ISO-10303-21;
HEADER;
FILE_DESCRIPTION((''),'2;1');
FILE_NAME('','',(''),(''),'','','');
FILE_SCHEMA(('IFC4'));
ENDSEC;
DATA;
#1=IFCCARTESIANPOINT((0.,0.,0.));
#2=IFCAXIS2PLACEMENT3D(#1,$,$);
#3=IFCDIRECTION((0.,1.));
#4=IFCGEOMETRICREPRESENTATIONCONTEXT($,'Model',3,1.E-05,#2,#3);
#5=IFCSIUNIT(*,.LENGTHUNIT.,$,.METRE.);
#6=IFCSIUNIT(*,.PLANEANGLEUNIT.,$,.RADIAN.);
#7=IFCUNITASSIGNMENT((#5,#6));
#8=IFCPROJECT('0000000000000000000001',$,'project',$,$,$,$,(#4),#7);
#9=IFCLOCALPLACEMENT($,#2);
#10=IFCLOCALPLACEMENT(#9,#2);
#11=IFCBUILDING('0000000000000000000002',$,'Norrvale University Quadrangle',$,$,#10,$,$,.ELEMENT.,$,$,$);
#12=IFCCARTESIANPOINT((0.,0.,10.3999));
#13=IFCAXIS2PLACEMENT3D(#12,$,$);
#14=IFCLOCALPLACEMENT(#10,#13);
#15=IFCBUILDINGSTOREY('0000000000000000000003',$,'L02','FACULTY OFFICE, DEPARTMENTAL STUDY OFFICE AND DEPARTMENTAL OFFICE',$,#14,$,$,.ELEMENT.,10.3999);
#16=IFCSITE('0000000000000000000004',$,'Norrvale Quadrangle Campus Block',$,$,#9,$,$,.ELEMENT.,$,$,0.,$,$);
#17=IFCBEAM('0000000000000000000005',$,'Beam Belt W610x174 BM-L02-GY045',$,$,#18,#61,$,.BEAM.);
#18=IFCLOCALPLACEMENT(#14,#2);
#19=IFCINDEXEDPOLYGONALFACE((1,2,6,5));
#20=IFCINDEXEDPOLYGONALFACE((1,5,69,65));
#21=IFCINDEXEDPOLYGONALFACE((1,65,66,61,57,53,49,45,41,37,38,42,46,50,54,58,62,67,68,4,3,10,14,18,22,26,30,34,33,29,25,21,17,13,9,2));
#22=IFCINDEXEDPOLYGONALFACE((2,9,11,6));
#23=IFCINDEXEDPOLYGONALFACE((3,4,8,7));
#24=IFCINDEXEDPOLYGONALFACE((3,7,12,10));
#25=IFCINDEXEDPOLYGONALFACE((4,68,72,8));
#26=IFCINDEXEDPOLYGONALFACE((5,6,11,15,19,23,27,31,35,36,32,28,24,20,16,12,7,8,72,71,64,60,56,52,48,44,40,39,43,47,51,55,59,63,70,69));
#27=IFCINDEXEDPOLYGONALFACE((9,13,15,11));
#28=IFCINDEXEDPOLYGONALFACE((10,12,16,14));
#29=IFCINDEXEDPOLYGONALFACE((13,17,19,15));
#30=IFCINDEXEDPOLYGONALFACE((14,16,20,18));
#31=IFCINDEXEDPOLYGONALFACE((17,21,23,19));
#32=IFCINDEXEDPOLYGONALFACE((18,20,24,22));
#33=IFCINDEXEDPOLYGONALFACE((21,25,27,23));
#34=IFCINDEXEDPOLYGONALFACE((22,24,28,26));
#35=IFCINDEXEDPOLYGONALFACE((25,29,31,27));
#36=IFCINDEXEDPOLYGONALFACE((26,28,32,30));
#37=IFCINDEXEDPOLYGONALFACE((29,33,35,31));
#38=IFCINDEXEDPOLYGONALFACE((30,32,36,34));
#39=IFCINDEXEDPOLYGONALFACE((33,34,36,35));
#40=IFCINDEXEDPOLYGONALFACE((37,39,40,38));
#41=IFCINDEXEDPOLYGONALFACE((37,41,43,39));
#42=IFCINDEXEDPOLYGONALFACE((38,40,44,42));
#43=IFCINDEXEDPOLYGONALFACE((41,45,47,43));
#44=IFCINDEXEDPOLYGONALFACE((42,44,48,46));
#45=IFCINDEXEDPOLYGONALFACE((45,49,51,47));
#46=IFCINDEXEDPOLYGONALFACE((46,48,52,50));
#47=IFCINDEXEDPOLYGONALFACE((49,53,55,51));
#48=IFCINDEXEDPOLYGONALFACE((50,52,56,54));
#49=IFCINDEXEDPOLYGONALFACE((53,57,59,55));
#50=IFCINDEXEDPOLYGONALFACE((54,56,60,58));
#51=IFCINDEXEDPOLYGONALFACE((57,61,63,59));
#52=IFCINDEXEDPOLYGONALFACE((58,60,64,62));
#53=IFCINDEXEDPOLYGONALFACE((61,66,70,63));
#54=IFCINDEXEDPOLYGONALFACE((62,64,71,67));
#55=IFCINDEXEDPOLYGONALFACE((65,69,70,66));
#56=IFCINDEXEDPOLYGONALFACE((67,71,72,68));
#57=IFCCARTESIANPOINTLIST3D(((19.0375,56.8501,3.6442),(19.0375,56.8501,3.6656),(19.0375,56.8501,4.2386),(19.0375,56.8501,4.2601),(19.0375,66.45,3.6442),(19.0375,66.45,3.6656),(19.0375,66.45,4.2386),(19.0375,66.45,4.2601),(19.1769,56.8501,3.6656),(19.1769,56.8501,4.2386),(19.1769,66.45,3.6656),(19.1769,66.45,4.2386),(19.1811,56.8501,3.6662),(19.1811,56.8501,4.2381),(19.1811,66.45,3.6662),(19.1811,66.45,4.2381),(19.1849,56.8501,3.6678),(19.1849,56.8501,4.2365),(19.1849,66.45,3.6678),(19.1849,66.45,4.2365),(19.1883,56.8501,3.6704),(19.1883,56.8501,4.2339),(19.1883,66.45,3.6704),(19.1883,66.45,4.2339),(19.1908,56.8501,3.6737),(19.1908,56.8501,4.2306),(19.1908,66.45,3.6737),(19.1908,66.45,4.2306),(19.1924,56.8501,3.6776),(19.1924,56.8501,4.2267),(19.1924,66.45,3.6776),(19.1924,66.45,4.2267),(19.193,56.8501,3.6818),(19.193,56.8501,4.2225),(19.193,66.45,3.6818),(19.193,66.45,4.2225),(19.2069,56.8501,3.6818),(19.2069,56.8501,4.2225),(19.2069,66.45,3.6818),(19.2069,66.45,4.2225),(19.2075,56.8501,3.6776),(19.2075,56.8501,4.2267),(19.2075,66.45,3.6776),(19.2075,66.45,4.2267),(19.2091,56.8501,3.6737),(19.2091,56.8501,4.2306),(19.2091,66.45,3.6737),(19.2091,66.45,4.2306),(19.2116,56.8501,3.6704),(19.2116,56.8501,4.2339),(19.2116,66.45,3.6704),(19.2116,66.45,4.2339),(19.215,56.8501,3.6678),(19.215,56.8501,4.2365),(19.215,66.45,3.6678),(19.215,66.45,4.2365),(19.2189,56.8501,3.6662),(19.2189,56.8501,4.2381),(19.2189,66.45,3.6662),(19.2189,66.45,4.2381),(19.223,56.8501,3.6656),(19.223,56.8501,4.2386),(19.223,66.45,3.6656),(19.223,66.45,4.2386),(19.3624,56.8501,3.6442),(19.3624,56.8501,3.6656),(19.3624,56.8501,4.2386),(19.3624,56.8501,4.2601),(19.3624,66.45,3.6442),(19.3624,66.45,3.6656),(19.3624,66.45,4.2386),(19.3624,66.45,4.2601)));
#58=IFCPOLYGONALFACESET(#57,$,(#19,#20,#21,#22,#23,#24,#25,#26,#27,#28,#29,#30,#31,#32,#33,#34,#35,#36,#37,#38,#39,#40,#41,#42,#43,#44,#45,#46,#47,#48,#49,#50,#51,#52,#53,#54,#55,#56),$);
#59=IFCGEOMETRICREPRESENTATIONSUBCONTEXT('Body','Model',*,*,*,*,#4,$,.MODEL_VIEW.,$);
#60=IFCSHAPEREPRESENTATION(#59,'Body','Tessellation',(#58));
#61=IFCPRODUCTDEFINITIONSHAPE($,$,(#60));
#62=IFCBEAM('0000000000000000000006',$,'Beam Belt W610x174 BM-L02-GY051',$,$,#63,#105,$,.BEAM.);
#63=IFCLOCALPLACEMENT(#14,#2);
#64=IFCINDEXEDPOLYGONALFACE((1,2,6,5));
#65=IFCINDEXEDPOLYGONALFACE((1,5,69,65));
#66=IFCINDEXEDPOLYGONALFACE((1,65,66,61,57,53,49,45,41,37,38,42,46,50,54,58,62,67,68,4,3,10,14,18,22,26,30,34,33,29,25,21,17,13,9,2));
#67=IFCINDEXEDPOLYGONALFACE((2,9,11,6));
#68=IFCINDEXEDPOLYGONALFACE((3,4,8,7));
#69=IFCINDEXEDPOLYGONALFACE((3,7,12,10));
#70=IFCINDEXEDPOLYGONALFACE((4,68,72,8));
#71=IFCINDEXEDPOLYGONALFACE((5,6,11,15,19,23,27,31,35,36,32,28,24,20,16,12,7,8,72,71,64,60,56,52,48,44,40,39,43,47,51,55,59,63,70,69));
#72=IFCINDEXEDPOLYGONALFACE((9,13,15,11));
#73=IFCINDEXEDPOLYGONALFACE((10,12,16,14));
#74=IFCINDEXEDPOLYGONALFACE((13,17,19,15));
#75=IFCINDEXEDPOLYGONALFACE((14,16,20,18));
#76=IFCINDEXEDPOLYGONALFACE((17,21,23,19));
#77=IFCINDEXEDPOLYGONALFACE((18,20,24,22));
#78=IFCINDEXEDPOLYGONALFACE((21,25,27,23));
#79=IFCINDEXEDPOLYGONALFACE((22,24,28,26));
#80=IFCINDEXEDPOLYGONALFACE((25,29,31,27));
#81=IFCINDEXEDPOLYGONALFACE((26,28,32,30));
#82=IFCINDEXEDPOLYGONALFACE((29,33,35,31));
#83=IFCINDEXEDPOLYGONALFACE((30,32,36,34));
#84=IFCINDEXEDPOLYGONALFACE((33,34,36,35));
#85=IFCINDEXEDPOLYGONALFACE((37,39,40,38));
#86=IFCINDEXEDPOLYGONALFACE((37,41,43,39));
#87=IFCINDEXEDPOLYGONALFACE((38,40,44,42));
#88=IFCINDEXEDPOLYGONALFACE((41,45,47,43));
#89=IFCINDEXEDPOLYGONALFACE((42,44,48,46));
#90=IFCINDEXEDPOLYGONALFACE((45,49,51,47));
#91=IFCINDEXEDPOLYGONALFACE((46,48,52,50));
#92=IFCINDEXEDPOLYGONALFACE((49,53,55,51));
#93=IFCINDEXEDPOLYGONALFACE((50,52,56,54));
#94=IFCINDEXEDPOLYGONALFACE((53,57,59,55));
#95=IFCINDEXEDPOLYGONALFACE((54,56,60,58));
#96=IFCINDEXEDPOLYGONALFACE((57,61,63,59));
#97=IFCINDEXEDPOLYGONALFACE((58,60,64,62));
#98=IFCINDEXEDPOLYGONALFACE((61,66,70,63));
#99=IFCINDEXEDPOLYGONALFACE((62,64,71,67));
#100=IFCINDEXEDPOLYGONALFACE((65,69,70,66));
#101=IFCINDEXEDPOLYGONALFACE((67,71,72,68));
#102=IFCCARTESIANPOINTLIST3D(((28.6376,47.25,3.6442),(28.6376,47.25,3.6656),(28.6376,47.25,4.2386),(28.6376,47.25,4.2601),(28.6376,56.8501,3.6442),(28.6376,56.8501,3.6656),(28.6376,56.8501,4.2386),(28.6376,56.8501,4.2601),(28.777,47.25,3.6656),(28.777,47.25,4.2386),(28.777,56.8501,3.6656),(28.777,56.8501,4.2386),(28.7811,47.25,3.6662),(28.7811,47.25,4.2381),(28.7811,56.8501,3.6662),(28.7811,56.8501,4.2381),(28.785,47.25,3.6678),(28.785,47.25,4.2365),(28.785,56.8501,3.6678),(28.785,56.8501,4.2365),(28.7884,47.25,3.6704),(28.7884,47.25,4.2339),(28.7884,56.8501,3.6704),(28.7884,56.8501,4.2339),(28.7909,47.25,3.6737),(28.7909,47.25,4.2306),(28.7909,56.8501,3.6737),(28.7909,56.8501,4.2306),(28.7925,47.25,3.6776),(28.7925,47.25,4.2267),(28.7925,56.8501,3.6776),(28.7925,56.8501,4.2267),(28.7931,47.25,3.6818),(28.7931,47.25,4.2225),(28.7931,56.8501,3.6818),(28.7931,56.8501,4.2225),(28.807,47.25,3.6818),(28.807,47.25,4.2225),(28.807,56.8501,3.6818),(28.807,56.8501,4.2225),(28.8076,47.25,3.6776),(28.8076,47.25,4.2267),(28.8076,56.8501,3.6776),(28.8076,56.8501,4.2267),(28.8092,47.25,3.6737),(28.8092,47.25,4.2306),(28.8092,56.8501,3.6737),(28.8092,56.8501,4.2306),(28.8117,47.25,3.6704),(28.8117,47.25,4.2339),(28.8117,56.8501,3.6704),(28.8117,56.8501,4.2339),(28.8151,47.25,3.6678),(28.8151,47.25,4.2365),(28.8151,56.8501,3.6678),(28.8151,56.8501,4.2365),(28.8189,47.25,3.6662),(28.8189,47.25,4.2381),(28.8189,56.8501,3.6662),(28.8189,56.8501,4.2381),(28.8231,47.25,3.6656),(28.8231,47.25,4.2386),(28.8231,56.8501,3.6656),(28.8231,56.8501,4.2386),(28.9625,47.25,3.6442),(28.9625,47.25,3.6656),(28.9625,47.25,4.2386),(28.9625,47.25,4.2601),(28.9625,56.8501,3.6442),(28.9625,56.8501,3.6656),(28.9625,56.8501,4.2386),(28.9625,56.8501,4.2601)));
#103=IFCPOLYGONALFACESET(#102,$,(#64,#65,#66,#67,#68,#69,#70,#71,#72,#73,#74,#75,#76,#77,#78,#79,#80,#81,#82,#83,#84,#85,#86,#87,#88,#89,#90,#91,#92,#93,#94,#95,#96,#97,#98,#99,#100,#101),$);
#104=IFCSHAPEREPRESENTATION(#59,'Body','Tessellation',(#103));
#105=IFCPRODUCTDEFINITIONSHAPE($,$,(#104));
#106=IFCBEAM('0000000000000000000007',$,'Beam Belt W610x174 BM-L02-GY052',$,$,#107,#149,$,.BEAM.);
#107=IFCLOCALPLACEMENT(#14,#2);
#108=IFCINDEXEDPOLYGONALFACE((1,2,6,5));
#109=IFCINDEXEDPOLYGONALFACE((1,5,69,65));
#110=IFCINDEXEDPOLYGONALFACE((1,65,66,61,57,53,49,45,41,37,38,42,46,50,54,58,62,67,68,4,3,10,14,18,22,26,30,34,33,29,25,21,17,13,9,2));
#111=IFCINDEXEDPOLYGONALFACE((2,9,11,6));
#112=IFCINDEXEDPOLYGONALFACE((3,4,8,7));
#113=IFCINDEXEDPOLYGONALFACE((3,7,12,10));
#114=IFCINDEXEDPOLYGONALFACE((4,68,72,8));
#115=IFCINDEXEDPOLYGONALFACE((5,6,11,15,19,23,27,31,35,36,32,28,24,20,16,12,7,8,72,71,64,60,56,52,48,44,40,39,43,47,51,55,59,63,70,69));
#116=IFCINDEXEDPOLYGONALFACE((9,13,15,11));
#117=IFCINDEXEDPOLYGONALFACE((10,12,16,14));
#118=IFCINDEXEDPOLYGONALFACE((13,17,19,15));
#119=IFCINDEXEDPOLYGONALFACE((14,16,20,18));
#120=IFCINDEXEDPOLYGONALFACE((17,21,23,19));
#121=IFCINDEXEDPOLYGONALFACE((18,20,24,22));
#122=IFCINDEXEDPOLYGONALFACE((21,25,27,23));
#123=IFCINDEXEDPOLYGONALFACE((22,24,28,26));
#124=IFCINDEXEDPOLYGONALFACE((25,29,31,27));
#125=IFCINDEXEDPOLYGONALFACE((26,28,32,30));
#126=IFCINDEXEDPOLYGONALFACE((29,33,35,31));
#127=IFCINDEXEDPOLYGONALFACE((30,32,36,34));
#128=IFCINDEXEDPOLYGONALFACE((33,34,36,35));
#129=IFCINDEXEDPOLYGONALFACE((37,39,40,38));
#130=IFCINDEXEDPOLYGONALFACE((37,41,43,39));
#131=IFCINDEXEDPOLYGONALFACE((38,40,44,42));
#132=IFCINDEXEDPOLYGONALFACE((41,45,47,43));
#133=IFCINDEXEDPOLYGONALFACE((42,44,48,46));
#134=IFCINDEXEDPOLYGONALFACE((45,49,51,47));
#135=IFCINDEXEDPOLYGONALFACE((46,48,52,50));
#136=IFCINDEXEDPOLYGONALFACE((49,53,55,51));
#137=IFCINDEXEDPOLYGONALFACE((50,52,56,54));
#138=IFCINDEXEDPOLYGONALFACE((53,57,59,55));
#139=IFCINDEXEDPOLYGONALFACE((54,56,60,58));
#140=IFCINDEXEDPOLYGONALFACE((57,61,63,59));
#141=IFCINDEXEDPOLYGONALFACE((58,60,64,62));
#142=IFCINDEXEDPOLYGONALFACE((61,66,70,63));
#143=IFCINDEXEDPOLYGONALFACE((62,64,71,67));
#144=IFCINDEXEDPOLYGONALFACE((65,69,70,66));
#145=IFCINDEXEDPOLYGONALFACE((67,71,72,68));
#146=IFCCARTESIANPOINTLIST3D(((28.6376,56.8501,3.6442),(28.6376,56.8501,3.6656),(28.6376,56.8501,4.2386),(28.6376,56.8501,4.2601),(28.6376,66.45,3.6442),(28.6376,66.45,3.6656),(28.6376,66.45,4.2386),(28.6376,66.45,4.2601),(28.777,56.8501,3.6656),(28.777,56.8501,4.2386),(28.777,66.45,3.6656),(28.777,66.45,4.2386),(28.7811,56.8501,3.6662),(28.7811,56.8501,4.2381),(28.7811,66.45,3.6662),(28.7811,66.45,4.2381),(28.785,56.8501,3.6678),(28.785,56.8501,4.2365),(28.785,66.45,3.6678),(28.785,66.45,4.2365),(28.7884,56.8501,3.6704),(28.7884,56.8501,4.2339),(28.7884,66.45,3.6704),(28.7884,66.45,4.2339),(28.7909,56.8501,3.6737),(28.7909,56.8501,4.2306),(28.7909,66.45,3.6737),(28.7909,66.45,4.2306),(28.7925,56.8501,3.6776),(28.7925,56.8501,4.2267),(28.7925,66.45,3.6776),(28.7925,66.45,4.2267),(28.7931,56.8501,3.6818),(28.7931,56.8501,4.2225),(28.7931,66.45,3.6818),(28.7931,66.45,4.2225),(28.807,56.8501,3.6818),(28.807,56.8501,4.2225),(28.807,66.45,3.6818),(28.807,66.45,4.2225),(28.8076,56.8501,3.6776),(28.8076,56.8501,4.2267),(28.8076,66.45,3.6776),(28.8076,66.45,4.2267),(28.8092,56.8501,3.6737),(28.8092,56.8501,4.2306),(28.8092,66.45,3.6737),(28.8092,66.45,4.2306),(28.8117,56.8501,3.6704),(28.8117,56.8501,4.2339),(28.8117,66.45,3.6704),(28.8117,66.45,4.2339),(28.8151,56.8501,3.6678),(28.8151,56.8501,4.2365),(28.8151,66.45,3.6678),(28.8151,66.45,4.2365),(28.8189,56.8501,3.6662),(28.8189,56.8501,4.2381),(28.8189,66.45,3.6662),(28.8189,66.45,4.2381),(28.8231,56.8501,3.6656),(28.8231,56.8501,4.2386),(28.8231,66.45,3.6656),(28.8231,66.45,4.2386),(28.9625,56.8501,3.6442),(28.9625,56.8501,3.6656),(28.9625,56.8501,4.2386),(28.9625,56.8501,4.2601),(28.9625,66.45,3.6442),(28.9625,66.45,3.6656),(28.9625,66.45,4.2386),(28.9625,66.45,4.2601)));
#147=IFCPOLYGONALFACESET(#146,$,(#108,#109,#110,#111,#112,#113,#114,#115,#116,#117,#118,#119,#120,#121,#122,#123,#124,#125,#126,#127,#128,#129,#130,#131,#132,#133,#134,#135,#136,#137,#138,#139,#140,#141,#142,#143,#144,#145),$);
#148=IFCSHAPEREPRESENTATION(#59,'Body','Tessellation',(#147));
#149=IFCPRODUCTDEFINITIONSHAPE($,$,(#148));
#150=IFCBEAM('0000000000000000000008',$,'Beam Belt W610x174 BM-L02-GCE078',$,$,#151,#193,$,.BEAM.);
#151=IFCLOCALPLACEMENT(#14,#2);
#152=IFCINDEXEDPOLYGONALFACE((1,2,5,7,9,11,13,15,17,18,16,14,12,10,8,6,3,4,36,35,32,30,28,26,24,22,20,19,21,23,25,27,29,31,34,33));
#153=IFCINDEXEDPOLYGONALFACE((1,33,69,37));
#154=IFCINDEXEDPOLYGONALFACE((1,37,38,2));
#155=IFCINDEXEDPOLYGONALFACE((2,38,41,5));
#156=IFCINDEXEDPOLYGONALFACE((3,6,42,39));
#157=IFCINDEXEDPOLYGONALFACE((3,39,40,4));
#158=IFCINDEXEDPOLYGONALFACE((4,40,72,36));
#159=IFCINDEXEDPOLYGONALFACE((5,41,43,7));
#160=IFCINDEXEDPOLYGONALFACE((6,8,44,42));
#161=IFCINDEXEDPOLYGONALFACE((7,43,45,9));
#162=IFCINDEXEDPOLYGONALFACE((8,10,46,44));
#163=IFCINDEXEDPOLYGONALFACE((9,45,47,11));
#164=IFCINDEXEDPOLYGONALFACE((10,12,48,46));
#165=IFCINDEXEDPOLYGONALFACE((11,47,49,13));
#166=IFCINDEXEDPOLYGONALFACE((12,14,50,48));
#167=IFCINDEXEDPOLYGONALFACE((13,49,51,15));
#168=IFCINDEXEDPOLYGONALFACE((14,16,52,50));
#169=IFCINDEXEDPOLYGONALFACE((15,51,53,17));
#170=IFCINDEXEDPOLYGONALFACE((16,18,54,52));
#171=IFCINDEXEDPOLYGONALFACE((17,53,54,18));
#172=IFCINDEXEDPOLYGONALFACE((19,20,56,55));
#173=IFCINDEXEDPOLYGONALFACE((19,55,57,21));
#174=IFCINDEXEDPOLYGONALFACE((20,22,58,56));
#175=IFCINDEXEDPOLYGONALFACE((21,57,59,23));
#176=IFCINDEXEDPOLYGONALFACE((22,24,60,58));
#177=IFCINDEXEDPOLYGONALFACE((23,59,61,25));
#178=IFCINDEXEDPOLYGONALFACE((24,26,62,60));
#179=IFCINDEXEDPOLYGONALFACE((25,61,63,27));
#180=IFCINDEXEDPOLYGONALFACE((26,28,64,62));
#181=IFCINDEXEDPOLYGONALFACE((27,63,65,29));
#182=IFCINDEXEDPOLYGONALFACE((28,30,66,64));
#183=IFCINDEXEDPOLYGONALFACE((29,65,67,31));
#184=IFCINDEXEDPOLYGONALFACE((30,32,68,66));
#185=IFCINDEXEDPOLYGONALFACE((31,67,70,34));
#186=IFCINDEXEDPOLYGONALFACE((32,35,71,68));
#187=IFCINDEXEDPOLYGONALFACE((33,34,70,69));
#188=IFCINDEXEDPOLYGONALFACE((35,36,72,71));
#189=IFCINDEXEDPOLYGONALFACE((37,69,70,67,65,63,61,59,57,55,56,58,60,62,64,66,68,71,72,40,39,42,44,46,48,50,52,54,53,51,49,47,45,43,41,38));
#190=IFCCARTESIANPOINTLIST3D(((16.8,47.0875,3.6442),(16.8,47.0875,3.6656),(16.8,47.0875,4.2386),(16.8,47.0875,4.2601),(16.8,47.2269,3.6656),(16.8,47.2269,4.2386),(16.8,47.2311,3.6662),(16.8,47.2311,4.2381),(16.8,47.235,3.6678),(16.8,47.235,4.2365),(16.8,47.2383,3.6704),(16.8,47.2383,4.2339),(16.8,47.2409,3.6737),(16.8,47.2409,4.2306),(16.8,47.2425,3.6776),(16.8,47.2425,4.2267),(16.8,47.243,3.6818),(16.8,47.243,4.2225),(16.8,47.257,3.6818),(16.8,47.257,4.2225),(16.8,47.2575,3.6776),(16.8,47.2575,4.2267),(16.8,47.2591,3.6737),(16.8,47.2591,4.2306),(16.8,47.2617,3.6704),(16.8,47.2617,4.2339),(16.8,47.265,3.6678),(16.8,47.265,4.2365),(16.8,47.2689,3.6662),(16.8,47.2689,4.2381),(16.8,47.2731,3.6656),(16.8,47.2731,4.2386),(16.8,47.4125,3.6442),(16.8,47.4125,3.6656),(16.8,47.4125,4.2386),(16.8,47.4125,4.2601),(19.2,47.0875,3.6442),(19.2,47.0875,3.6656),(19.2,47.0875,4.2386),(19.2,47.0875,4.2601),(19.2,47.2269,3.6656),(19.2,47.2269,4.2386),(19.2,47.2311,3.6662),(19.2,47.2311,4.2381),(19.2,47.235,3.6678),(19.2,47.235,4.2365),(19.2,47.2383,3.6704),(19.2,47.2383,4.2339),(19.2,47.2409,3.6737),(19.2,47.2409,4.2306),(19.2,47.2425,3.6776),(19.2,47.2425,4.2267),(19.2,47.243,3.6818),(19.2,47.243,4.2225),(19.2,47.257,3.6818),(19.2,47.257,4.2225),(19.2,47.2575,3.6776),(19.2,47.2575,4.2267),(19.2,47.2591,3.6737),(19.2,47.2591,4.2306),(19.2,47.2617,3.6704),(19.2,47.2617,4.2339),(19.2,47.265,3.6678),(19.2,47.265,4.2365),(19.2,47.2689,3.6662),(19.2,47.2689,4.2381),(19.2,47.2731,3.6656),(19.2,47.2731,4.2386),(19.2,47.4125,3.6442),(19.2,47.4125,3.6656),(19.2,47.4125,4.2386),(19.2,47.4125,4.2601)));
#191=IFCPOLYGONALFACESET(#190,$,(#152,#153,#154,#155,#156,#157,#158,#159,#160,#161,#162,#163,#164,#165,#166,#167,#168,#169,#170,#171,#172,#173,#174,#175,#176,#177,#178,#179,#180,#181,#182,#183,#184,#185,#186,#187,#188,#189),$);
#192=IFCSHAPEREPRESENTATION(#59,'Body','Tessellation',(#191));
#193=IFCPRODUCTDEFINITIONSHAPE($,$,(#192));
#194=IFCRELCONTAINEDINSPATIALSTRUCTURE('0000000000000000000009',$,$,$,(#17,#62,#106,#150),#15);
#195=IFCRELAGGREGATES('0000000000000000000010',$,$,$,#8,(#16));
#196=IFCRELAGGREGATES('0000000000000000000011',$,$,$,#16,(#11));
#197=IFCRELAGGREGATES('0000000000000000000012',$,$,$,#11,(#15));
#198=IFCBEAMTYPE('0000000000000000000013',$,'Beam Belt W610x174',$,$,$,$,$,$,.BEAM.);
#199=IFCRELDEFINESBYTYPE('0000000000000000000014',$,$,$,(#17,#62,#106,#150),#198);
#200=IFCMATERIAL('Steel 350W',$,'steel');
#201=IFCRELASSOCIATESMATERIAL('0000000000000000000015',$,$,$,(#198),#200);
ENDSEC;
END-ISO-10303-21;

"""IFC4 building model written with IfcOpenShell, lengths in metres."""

from ifc_helpers import new_model, si_unit, direction, frame, origin, origin_2d, place, context, subcontext, project, spatial, i_section, extrude, material, material_profile, profile_set, type_object, element, save


model = new_model("IFC4")

# Units and contexts
model_context = context("Model", 3, precision=1e-05, world=origin(), true_north=direction((0.0, 1.0)))
body_context = subcontext(model_context, "Body", "Model", "MODEL_VIEW")
ifc_project = project(units=[si_unit("LENGTHUNIT", "METRE"), si_unit("PLANEANGLEUNIT", "RADIAN")], contexts=[model_context])

# Site, building, storey
site_placement = place(None, origin())
site = spatial("IfcSite", under=ifc_project, at=site_placement, Name="Norrvale Quadrangle Campus Block", CompositionType="ELEMENT", RefElevation=0.0)
building_placement = place(site_placement, origin())
building = spatial("IfcBuilding", under=site, at=building_placement, Name="Norrvale University Quadrangle", CompositionType="ELEMENT")
storey_placement = place(building_placement, frame((0.0, 0.0, 10.3999)))
storey = spatial("IfcBuildingStorey", under=building, at=storey_placement, Name="L02", Description="FACULTY OFFICE, DEPARTMENTAL STUDY OFFICE AND DEPARTMENTAL OFFICE", CompositionType="ELEMENT", Elevation=10.3999)

# Beams
ifc_material_1 = material(Name="Steel 350W", Category="steel")
ifc_material_profile_1 = material_profile(ifc_material_1, i_section(OverallWidth=0.325, OverallDepth=0.616, WebThickness=0.0139, FlangeThickness=0.0215, FilletRadius=0.0161, at=origin_2d()), Name="Steel 350W")
ifc_profile_set_1 = profile_set([ifc_material_profile_1], Name="Steel 350W")
beam_type_1 = type_object("IfcBeamType", Name="Beam Belt W610x174", PredefinedType="BEAM", material=ifc_profile_set_1)
beam_1_placement = place(storey_placement, frame((19.2, 56.8501, 3.9521), z_axis=(0.0, 1.0, 0.0), x_axis=(-1.0, 0.0, 0.0)))
element("IfcBeam", 1, at=beam_1_placement, inside=storey, type_object=beam_type_1, Name="Beam Belt W610x174 BM-L02-GY045", PredefinedType="BEAM", context=body_context, shape_type="SweptSolid", body=[
    extrude(i_section(OverallWidth=0.325, OverallDepth=0.616, WebThickness=0.0139, FlangeThickness=0.0215, FilletRadius=0.0161, at=origin_2d()), origin(), (0.0, 0.0, 1.0), 9.5999),
])
beam_2_placement = place(storey_placement, frame((28.8, 47.25, 3.9521), z_axis=(0.0, 1.0, 0.0), x_axis=(-1.0, 0.0, 0.0)))
element("IfcBeam", 2, at=beam_2_placement, inside=storey, type_object=beam_type_1, Name="Beam Belt W610x174 BM-L02-GY051", PredefinedType="BEAM", context=body_context, shape_type="SweptSolid", body=[
    extrude(i_section(OverallWidth=0.325, OverallDepth=0.616, WebThickness=0.0139, FlangeThickness=0.0215, FilletRadius=0.0161, at=origin_2d()), origin(), (0.0, 0.0, 1.0), 9.6001),
])
beam_3_placement = place(storey_placement, frame((28.8, 56.8501, 3.9521), z_axis=(0.0, 1.0, 0.0), x_axis=(-1.0, 0.0, 0.0)))
element("IfcBeam", 3, at=beam_3_placement, inside=storey, type_object=beam_type_1, Name="Beam Belt W610x174 BM-L02-GY052", PredefinedType="BEAM", context=body_context, shape_type="SweptSolid", body=[
    extrude(i_section(OverallWidth=0.325, OverallDepth=0.616, WebThickness=0.0139, FlangeThickness=0.0215, FilletRadius=0.0161, at=origin_2d()), origin(), (0.0, 0.0, 1.0), 9.5999),
])
beam_4_placement = place(storey_placement, frame((16.8, 47.25, 3.9521), z_axis=(1.0, 0.0, 0.0), x_axis=(0.0, 1.0, 0.0)))
element("IfcBeam", 4, at=beam_4_placement, inside=storey, type_object=beam_type_1, Name="Beam Belt W610x174 BM-L02-GCE078", PredefinedType="BEAM", context=body_context, shape_type="SweptSolid", body=[
    extrude(i_section(OverallWidth=0.325, OverallDepth=0.616, WebThickness=0.0139, FlangeThickness=0.0215, FilletRadius=0.0161, at=origin_2d()), origin(), (0.0, 0.0, 1.0), 2.3999),
])

save(model, "model.ifc")
